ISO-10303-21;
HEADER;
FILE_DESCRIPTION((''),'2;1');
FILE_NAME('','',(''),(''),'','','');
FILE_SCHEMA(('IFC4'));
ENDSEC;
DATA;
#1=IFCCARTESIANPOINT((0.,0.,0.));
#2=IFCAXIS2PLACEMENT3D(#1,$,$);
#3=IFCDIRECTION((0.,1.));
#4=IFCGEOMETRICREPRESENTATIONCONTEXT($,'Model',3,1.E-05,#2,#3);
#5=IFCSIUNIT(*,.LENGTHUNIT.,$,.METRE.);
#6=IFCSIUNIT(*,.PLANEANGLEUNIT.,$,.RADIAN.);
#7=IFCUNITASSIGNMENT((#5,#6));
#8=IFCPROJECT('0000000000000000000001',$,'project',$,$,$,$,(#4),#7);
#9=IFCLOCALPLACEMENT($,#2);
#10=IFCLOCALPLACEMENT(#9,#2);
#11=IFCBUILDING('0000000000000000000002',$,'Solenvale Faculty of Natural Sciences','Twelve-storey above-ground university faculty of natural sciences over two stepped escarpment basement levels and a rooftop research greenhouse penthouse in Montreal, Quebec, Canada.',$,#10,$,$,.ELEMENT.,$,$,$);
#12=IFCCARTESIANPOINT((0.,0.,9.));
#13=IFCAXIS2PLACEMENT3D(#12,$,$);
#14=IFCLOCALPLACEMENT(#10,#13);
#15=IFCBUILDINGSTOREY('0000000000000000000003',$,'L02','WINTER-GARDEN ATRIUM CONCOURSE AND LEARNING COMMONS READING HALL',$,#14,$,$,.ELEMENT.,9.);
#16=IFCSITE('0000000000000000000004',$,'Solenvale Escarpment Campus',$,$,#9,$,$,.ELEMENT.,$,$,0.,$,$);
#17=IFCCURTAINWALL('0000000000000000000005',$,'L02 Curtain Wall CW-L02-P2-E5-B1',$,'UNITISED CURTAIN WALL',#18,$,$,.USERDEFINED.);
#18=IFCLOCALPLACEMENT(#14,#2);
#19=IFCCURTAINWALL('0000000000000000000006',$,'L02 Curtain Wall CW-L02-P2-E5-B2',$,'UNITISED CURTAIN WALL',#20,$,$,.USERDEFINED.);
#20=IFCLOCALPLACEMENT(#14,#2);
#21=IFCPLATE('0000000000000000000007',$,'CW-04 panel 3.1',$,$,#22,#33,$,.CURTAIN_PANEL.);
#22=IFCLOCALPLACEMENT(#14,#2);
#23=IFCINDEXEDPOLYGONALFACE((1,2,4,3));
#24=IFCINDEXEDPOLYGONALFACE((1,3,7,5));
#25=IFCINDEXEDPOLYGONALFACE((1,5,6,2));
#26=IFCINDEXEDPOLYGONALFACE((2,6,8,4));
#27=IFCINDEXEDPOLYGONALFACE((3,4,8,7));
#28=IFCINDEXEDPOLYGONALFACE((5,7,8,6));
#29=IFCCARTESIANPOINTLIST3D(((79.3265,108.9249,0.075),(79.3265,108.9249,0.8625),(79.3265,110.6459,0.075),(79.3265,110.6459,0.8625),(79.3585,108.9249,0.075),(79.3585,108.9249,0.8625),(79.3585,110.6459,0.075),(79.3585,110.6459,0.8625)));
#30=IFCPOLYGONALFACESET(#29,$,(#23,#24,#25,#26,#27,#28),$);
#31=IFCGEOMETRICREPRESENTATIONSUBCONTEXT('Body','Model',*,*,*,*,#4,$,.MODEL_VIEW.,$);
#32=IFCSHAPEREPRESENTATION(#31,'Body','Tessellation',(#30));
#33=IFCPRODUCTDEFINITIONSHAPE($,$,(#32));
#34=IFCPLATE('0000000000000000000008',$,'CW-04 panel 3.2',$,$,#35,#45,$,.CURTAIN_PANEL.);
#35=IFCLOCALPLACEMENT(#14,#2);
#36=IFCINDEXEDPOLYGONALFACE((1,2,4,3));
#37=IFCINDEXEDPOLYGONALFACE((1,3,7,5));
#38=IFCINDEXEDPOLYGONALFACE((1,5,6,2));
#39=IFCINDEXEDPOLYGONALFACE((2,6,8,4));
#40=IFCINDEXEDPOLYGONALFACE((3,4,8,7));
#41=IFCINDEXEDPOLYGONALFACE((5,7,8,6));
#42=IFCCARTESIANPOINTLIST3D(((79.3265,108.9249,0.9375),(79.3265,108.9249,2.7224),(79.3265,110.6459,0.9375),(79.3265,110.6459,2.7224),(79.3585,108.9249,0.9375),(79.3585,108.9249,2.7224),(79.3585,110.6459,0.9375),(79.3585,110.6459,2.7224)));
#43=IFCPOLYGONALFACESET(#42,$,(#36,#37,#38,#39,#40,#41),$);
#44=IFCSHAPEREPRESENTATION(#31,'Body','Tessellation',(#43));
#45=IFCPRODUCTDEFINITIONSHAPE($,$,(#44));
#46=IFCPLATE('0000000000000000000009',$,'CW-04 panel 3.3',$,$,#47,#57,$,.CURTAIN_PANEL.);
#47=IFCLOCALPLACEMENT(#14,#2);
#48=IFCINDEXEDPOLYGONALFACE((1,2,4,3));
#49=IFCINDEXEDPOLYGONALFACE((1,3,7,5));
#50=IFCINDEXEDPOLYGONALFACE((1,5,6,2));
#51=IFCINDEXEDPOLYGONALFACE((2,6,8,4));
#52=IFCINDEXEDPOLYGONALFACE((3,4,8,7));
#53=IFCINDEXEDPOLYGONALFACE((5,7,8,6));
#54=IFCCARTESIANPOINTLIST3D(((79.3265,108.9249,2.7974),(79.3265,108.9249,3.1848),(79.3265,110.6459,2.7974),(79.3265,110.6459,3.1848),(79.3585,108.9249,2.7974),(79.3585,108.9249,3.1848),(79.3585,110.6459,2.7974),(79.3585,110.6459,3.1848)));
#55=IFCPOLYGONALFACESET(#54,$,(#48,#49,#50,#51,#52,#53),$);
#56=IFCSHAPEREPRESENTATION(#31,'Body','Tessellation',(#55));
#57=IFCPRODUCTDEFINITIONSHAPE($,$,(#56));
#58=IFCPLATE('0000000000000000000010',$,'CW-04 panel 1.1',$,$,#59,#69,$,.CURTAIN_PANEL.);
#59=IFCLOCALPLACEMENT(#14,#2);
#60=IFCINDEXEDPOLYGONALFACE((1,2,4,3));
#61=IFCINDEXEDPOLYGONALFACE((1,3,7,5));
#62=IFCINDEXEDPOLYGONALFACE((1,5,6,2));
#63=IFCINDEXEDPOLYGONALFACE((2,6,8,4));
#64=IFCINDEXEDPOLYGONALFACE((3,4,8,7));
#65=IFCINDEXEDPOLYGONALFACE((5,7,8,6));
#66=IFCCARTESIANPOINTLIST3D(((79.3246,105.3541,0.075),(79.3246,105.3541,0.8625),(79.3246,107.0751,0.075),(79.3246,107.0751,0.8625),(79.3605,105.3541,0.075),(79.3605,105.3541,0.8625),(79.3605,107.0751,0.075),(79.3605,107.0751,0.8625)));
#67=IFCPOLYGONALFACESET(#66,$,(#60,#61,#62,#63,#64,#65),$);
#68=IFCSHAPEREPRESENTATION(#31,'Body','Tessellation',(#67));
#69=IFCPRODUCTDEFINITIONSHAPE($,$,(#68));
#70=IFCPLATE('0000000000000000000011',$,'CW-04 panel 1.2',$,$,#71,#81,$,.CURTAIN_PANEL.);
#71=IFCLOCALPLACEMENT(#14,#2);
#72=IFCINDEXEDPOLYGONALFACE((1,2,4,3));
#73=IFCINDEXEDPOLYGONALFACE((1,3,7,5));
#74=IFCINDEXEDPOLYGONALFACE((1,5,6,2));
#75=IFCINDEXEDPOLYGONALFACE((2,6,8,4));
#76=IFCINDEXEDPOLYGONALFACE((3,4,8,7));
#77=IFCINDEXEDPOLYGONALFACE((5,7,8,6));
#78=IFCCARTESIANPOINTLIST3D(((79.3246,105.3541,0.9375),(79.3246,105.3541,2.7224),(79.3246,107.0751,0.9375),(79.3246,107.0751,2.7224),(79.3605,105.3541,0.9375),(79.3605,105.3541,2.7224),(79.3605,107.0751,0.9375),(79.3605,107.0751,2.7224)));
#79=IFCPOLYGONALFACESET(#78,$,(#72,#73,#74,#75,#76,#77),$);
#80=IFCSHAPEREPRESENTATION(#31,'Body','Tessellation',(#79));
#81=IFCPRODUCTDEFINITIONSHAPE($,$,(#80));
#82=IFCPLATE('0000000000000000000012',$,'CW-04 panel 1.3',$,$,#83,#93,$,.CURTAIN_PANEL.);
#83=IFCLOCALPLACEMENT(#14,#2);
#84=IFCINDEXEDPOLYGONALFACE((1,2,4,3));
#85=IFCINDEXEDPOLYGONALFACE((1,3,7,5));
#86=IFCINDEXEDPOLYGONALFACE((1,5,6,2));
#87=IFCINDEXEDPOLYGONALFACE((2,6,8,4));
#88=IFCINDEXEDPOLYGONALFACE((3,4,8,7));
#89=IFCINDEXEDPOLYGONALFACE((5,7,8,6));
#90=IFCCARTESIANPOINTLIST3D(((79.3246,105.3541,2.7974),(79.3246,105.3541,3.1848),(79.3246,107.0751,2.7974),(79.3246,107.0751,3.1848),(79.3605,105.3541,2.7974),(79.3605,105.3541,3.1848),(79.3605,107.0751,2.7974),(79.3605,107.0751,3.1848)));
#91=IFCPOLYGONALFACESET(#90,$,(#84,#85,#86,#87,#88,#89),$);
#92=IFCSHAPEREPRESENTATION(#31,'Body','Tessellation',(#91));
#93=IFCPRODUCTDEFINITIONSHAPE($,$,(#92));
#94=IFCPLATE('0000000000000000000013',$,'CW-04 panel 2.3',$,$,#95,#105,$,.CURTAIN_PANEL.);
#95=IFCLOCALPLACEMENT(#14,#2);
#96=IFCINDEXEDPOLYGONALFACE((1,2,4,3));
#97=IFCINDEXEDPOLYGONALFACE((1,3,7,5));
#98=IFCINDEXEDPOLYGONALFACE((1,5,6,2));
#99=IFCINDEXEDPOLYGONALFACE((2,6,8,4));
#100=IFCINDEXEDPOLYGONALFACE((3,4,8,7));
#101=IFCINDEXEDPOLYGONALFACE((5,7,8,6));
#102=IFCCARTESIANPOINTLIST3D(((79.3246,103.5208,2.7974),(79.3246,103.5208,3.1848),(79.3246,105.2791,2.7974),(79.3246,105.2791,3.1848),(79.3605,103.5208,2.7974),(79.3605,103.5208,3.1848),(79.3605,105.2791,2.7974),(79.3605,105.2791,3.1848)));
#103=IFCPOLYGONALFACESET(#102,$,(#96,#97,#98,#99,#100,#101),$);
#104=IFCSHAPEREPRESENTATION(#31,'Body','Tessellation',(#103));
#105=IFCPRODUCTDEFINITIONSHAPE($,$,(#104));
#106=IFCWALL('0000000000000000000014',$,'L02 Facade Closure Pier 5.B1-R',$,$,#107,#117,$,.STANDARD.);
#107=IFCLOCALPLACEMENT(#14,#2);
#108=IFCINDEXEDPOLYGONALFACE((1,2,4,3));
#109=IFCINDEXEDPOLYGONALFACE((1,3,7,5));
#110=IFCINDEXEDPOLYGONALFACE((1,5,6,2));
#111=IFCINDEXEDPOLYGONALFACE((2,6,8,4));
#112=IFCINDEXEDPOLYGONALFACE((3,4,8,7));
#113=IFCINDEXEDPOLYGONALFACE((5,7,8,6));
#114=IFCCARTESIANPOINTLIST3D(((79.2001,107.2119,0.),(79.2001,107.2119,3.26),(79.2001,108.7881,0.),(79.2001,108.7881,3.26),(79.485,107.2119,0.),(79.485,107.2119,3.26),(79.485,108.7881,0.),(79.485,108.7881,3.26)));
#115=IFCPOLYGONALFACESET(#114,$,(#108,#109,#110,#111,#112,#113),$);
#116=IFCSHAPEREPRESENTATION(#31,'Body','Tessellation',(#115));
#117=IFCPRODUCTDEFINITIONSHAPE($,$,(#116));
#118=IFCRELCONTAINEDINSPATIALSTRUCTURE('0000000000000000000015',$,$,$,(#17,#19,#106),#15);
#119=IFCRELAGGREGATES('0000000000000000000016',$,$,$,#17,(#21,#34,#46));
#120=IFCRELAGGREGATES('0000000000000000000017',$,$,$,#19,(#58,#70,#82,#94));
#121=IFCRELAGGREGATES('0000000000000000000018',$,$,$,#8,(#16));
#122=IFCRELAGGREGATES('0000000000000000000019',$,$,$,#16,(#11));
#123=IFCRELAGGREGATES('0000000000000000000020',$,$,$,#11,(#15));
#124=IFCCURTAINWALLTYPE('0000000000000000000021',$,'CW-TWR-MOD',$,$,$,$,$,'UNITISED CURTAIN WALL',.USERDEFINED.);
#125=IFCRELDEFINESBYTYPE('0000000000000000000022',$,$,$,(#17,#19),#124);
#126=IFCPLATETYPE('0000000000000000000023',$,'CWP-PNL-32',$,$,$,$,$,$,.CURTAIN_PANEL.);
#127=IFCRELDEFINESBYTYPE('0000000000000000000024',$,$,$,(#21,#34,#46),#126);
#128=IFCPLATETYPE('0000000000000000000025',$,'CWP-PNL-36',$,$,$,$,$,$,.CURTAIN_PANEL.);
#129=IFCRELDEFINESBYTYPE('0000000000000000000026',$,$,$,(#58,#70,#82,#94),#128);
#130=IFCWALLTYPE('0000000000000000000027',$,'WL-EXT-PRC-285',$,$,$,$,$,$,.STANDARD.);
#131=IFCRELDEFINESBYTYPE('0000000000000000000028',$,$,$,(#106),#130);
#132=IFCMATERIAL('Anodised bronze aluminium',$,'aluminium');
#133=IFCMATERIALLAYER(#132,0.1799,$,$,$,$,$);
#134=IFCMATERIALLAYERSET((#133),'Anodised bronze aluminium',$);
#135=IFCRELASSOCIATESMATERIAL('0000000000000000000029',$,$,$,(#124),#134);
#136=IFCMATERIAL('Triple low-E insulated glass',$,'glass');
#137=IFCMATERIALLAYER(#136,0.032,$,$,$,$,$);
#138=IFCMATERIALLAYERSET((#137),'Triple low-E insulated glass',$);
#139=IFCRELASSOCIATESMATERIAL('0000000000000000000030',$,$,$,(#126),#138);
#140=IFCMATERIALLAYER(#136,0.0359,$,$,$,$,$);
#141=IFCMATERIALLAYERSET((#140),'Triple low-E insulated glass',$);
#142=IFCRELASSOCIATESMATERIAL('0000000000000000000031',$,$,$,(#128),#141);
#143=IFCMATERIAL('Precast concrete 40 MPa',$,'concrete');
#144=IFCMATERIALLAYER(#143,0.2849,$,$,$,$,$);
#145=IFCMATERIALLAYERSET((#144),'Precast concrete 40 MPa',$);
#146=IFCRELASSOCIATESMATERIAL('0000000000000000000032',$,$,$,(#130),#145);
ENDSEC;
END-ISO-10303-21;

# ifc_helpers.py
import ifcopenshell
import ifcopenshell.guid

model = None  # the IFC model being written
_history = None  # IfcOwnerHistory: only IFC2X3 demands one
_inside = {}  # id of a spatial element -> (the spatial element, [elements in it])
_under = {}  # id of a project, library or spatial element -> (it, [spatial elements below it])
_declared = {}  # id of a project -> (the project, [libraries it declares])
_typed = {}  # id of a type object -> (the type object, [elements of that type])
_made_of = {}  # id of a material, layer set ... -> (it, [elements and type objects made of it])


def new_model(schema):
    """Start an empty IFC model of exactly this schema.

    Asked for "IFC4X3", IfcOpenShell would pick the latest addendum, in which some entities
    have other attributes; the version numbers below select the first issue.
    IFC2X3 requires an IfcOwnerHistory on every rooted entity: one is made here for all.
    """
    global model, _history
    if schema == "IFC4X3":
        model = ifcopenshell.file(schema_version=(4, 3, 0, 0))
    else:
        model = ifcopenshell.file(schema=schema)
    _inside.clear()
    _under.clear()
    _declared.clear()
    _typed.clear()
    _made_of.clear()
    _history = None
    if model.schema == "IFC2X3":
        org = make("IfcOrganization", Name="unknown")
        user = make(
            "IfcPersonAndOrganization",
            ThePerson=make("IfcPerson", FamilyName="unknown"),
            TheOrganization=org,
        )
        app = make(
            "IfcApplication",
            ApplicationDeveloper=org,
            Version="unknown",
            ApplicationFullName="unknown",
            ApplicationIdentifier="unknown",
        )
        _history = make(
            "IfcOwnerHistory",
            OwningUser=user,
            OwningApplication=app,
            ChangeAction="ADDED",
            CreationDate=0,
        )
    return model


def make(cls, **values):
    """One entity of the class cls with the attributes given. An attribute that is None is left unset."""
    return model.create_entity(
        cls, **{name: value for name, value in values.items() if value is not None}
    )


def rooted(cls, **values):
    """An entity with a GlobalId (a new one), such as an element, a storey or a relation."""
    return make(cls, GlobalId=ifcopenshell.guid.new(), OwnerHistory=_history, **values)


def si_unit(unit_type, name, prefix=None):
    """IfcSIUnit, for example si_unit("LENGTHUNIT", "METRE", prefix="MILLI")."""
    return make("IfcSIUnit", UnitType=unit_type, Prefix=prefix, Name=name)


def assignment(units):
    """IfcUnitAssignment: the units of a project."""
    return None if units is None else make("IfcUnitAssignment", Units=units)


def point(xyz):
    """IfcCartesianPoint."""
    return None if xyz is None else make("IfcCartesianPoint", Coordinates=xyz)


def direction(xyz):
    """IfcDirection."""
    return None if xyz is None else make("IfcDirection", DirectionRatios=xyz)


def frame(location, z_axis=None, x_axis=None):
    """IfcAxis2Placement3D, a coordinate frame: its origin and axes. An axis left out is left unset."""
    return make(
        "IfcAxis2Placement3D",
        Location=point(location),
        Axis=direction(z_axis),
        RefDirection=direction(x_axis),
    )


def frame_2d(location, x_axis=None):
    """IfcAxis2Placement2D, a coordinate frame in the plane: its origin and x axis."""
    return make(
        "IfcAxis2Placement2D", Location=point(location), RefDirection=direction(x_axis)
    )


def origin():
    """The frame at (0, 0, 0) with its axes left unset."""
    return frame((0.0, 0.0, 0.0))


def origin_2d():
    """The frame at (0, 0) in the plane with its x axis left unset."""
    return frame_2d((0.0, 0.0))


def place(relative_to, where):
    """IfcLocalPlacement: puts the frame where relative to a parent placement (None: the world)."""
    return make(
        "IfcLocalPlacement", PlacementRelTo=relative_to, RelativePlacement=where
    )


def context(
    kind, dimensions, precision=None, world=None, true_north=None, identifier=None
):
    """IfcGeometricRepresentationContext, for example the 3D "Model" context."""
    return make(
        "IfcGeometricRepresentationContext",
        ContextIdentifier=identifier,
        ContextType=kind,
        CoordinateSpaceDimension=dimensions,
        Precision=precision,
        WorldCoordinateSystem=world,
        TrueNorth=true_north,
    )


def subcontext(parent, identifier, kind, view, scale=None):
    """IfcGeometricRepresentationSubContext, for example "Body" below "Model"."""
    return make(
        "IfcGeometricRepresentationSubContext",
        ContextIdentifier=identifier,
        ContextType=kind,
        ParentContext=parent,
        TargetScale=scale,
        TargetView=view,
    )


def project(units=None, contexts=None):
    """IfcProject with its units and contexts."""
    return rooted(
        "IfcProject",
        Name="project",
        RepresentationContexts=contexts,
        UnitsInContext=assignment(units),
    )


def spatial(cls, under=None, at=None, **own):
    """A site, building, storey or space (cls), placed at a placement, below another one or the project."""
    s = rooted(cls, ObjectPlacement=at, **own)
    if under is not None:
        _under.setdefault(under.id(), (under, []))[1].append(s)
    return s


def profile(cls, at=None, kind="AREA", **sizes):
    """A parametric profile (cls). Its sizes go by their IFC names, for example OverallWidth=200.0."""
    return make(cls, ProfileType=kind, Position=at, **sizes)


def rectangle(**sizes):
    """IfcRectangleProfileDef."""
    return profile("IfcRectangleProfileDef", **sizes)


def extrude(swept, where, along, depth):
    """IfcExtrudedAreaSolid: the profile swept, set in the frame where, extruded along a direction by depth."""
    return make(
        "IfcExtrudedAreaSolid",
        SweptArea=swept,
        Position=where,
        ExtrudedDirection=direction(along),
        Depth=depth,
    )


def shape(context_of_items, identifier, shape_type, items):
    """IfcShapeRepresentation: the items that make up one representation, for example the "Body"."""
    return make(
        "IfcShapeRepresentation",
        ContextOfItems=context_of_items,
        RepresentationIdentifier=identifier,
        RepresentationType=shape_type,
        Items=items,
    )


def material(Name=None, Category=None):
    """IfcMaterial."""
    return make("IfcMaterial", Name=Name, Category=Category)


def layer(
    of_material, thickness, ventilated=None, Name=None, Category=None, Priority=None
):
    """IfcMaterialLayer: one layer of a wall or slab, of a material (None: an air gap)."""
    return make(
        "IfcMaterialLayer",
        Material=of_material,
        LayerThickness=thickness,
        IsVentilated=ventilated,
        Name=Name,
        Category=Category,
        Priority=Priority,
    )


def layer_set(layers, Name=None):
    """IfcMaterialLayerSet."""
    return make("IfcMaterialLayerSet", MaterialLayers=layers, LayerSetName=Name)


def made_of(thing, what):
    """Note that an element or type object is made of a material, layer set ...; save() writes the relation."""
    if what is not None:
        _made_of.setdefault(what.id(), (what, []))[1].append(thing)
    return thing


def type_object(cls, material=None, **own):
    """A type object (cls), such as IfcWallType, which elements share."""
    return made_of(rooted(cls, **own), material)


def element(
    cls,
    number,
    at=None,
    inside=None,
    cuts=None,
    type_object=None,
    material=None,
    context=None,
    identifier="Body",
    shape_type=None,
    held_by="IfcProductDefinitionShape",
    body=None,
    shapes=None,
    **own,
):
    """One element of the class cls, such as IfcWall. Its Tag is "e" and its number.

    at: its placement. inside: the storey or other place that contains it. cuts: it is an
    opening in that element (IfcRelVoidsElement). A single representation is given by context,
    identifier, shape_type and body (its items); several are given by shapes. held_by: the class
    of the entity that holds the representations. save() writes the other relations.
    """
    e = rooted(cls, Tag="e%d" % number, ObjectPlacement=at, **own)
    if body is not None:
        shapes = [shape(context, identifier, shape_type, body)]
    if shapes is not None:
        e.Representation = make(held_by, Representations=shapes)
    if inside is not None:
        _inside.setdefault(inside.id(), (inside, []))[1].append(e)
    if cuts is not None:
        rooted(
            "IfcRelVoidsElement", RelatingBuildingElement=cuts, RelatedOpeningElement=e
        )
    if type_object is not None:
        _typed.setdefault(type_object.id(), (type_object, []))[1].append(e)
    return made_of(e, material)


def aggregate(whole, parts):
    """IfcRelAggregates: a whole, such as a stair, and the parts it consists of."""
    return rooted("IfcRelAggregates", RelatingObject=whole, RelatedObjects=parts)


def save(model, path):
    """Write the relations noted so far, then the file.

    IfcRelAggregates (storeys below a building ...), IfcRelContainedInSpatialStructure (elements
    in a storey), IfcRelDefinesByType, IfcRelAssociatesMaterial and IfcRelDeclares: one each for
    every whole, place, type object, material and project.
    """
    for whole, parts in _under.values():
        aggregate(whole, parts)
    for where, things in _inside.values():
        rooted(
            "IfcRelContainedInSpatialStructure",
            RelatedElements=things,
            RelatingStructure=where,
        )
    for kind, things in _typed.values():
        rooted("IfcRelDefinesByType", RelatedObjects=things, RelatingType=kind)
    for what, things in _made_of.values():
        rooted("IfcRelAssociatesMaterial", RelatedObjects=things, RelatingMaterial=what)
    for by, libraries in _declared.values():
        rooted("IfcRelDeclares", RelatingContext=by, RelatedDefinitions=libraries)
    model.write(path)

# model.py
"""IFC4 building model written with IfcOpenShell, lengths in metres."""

from ifc_helpers import new_model, si_unit, direction, frame, frame_2d, origin, origin_2d, place, context, subcontext, project, spatial, rectangle, extrude, material, layer, layer_set, type_object, element, aggregate, save


model = new_model("IFC4")

# Units and contexts
model_context = context("Model", 3, precision=1e-05, world=origin(), true_north=direction((0.0, 1.0)))
body_context = subcontext(model_context, "Body", "Model", "MODEL_VIEW")
ifc_project = project(units=[si_unit("LENGTHUNIT", "METRE"), si_unit("PLANEANGLEUNIT", "RADIAN")], contexts=[model_context])

# Site, building, storey
site_placement = place(None, origin())
site = spatial("IfcSite", under=ifc_project, at=site_placement, Name="Solenvale Escarpment Campus", CompositionType="ELEMENT", RefElevation=0.0)
building_placement = place(site_placement, origin())
building = spatial("IfcBuilding", under=site, at=building_placement, Name="Solenvale Faculty of Natural Sciences", Description="Twelve-storey above-ground university faculty of natural sciences over two stepped escarpment basement levels and a rooftop research greenhouse penthouse in Montreal, Quebec, Canada.", CompositionType="ELEMENT")
storey_placement = place(building_placement, frame((0.0, 0.0, 9.0)))
storey = spatial("IfcBuildingStorey", under=building, at=storey_placement, Name="L02", Description="WINTER-GARDEN ATRIUM CONCOURSE AND LEARNING COMMONS READING HALL", CompositionType="ELEMENT", Elevation=9.0)

# Curtain walls
ifc_material_1 = material(Name="Anodised bronze aluminium", Category="aluminium")
ifc_layer_1 = layer(ifc_material_1, 0.1799)
ifc_layer_set_1 = layer_set([ifc_layer_1], Name="Anodised bronze aluminium")
curtain_wall_type = type_object("IfcCurtainWallType", Name="CW-TWR-MOD", ElementType="UNITISED CURTAIN WALL", PredefinedType="USERDEFINED", material=ifc_layer_set_1)
curtain_wall_1_placement = place(storey_placement, origin())
curtain_wall_1 = element("IfcCurtainWall", 1, at=curtain_wall_1_placement, inside=storey, type_object=curtain_wall_type, Name="L02 Curtain Wall CW-L02-P2-E5-B1", ObjectType="UNITISED CURTAIN WALL", PredefinedType="USERDEFINED")
curtain_wall_2_placement = place(storey_placement, origin())
curtain_wall_2 = element("IfcCurtainWall", 2, at=curtain_wall_2_placement, inside=storey, type_object=curtain_wall_type, Name="L02 Curtain Wall CW-L02-P2-E5-B2", ObjectType="UNITISED CURTAIN WALL", PredefinedType="USERDEFINED")

# Plates
ifc_material_2 = material(Name="Triple low-E insulated glass", Category="glass")
ifc_layer_2 = layer(ifc_material_2, 0.032)
ifc_layer_set_2 = layer_set([ifc_layer_2], Name="Triple low-E insulated glass")
plate_type_1 = type_object("IfcPlateType", Name="CWP-PNL-32", PredefinedType="CURTAIN_PANEL", material=ifc_layer_set_2)
plate_1_placement = place(storey_placement, frame((79.3425, 109.7854, 0.075), z_axis=(0.0, 0.0, 1.0), x_axis=(0.0, -1.0, 0.0)))
plate_1 = element("IfcPlate", 3, at=plate_1_placement, type_object=plate_type_1, Name="CW-04 panel 3.1", PredefinedType="CURTAIN_PANEL", context=body_context, shape_type="SweptSolid", body=[
    extrude(rectangle(XDim=1.7209, YDim=0.032, at=origin_2d()), origin(), (0.0, 0.0, 1.0), 0.7876),
])
plate_2_placement = place(storey_placement, frame((79.3425, 109.7854, 0.9375), z_axis=(0.0, 0.0, 1.0), x_axis=(0.0, -1.0, 0.0)))
plate_2 = element("IfcPlate", 4, at=plate_2_placement, type_object=plate_type_1, Name="CW-04 panel 3.2", PredefinedType="CURTAIN_PANEL", context=body_context, shape_type="SweptSolid", body=[
    extrude(rectangle(XDim=1.7209, YDim=0.032, at=origin_2d()), origin(), (0.0, 0.0, 1.0), 1.7849),
])
plate_3_placement = place(storey_placement, frame((79.3425, 109.7854, 2.7974), z_axis=(0.0, 0.0, 1.0), x_axis=(0.0, -1.0, 0.0)))
plate_3 = element("IfcPlate", 5, at=plate_3_placement, type_object=plate_type_1, Name="CW-04 panel 3.3", PredefinedType="CURTAIN_PANEL", context=body_context, shape_type="SweptSolid", body=[
    extrude(rectangle(XDim=1.7209, YDim=0.032, at=origin_2d()), origin(), (0.0, 0.0, 1.0), 0.3875),
])
aggregate(curtain_wall_1, [plate_1, plate_2, plate_3])
ifc_layer_3 = layer(ifc_material_2, 0.0359)
ifc_layer_set_3 = layer_set([ifc_layer_3], Name="Triple low-E insulated glass")
plate_type_2 = type_object("IfcPlateType", Name="CWP-PNL-36", PredefinedType="CURTAIN_PANEL", material=ifc_layer_set_3)
plate_4_placement = place(storey_placement, frame((79.3425, 106.2146, 0.075), z_axis=(0.0, 0.0, 1.0), x_axis=(0.0, -1.0, 0.0)))
plate_4 = element("IfcPlate", 6, at=plate_4_placement, type_object=plate_type_2, Name="CW-04 panel 1.1", PredefinedType="CURTAIN_PANEL", context=body_context, shape_type="SweptSolid", body=[
    extrude(rectangle(XDim=1.7209, YDim=0.0359, at=origin_2d()), origin(), (0.0, 0.0, 1.0), 0.7876),
])
plate_5_placement = place(storey_placement, frame((79.3425, 106.2146, 0.9375), z_axis=(0.0, 0.0, 1.0), x_axis=(0.0, -1.0, 0.0)))
plate_5 = element("IfcPlate", 7, at=plate_5_placement, type_object=plate_type_2, Name="CW-04 panel 1.2", PredefinedType="CURTAIN_PANEL", context=body_context, shape_type="SweptSolid", body=[
    extrude(rectangle(XDim=1.7209, YDim=0.0359, at=origin_2d()), origin(), (0.0, 0.0, 1.0), 1.7849),
])
plate_6_placement = place(storey_placement, frame((79.3425, 106.2146, 2.7974), z_axis=(0.0, 0.0, 1.0), x_axis=(0.0, -1.0, 0.0)))
plate_6 = element("IfcPlate", 8, at=plate_6_placement, type_object=plate_type_2, Name="CW-04 panel 1.3", PredefinedType="CURTAIN_PANEL", context=body_context, shape_type="SweptSolid", body=[
    extrude(rectangle(XDim=1.7209, YDim=0.0359, at=origin_2d()), origin(), (0.0, 0.0, 1.0), 0.3875),
])
plate_7_placement = place(storey_placement, frame((79.3425, 104.3999, 2.7974), z_axis=(0.0, 0.0, 1.0), x_axis=(0.0, -1.0, 0.0)))
plate_7 = element("IfcPlate", 9, at=plate_7_placement, type_object=plate_type_2, Name="CW-04 panel 2.3", PredefinedType="CURTAIN_PANEL", context=body_context, shape_type="SweptSolid", body=[
    extrude(rectangle(XDim=1.7583, YDim=0.0359, at=origin_2d()), origin(), (0.0, 0.0, 1.0), 0.3875),
])
aggregate(curtain_wall_2, [plate_4, plate_5, plate_6, plate_7])

# Wall
ifc_material_3 = material(Name="Precast concrete 40 MPa", Category="concrete")
ifc_layer_4 = layer(ifc_material_3, 0.2849)
ifc_layer_set_4 = layer_set([ifc_layer_4], Name="Precast concrete 40 MPa")
wall_type = type_object("IfcWallType", Name="WL-EXT-PRC-285", PredefinedType="STANDARD", material=ifc_layer_set_4)
wall_placement = place(storey_placement, frame((79.3425, 108.7881, 0.0), z_axis=(0.0, 0.0, 1.0), x_axis=(0.0, -1.0, 0.0)))
element("IfcWall", 10, at=wall_placement, inside=storey, type_object=wall_type, Name="L02 Facade Closure Pier 5.B1-R", PredefinedType="STANDARD", context=body_context, shape_type="SweptSolid", body=[
    extrude(rectangle(XDim=1.5762, YDim=0.2849, at=frame_2d((0.7881, 0.0))), origin(), (0.0, 0.0, 1.0), 3.26),
])

save(model, "model.ifc")
